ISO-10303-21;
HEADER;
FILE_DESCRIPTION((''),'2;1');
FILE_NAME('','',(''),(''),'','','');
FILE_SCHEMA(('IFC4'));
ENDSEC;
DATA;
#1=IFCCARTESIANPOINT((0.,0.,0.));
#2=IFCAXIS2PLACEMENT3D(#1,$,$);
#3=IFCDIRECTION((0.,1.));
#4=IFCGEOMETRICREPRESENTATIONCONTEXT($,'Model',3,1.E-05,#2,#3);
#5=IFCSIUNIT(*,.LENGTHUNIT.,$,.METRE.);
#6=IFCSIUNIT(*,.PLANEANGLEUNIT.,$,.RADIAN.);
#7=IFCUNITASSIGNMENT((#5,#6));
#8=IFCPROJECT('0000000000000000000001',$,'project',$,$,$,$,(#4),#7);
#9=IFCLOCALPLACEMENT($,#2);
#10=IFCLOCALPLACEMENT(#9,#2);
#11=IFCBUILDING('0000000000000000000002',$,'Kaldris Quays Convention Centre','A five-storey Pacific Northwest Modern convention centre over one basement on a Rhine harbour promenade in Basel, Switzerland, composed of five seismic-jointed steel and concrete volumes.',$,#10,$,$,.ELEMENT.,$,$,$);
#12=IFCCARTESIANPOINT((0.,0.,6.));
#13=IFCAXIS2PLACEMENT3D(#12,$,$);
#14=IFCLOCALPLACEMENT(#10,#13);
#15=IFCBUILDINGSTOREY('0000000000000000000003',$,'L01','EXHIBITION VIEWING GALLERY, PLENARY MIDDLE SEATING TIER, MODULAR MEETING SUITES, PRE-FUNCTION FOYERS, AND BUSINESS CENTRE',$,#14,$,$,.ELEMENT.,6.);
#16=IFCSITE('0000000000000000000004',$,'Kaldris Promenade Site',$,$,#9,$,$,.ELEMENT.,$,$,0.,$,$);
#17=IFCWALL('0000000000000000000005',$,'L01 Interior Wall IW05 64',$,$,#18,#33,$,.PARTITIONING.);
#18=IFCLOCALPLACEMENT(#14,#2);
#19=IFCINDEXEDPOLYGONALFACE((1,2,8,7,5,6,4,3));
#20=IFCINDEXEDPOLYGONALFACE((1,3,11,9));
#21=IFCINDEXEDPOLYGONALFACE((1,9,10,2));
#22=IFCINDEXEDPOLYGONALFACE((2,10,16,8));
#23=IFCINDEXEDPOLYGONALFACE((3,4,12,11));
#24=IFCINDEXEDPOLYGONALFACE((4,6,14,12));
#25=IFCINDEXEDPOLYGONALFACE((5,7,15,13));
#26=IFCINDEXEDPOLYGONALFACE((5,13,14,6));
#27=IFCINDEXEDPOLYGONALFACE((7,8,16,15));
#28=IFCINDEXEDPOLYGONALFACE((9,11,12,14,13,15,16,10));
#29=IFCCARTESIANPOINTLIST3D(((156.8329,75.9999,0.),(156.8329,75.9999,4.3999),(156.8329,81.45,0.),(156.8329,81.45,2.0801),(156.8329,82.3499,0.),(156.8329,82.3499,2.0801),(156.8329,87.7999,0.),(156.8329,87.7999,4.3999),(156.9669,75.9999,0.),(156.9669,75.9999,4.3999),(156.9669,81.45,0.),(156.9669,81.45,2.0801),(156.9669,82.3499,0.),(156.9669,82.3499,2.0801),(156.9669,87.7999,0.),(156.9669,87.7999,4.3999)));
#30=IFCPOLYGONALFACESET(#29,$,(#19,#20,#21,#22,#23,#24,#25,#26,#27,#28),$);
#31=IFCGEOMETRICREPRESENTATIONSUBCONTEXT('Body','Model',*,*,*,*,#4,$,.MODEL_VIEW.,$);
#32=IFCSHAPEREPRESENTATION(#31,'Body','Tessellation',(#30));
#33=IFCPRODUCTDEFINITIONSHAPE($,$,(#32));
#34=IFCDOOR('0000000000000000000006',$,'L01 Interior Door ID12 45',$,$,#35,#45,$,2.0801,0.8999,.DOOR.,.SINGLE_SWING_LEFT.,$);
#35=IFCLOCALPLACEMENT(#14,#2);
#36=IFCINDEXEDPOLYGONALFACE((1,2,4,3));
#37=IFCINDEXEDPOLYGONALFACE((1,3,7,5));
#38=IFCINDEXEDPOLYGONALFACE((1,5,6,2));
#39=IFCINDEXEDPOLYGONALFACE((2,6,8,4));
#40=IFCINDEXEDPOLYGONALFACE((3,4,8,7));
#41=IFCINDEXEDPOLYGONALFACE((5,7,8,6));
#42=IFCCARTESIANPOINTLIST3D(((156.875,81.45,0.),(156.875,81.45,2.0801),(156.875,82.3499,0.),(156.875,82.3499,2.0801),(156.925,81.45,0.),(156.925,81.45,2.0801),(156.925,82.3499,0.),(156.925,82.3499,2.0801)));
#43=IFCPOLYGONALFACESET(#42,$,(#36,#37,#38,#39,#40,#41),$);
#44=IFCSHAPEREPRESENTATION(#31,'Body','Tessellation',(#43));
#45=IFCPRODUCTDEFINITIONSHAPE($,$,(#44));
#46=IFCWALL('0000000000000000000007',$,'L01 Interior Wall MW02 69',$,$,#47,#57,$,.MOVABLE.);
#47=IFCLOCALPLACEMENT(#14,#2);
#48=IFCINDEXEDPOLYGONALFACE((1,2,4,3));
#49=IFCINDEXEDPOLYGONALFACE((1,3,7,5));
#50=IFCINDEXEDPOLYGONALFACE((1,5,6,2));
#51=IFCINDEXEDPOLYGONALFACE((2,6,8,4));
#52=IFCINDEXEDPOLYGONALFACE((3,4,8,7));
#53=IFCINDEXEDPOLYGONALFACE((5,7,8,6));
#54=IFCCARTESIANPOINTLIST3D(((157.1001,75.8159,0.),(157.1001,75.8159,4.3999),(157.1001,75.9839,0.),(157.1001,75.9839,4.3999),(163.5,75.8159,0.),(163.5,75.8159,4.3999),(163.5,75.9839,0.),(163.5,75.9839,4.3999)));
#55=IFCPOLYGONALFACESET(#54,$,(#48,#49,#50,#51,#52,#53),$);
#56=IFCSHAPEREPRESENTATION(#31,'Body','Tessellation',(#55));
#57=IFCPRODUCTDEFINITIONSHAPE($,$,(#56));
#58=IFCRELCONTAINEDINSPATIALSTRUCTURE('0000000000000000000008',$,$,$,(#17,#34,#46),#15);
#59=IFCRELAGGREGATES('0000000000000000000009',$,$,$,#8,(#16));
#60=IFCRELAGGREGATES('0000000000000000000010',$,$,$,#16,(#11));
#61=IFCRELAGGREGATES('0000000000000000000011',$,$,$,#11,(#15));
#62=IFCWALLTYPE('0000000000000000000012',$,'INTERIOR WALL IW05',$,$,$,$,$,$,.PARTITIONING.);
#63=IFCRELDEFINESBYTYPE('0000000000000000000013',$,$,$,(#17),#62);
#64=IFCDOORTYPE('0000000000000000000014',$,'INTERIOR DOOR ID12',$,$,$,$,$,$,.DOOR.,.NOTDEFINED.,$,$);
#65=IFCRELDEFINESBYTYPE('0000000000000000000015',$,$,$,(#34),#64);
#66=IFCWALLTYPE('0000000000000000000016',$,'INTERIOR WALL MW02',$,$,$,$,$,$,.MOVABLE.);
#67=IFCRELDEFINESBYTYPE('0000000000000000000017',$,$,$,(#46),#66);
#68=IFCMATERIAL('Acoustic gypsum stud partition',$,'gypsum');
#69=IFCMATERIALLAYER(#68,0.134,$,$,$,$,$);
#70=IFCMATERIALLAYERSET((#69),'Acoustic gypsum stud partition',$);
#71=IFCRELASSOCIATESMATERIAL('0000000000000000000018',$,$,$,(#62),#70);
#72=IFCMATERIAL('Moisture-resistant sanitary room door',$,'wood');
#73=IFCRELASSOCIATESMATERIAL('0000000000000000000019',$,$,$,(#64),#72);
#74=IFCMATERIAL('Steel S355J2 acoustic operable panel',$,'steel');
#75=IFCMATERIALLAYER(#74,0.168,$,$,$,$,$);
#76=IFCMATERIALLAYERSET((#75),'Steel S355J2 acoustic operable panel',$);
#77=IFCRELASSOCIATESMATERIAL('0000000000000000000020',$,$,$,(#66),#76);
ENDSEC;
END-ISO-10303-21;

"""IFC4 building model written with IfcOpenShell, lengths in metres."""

from ifc_helpers import new_model, si_unit, direction, frame, frame_2d, origin, place, context, subcontext, project, spatial, rectangle, extrude, material, layer, layer_set, type_object, element, fill, save


model = new_model("IFC4")

# Units and contexts
model_context = context("Model", 3, precision=1e-05, world=origin(), true_north=direction((0.0, 1.0)))
body_context = subcontext(model_context, "Body", "Model", "MODEL_VIEW")
ifc_project = project(units=[si_unit("LENGTHUNIT", "METRE"), si_unit("PLANEANGLEUNIT", "RADIAN")], contexts=[model_context])

# Site, building, storey
site_placement = place(None, origin())
site = spatial("IfcSite", under=ifc_project, at=site_placement, Name="Kaldris Promenade Site", CompositionType="ELEMENT", RefElevation=0.0)
building_placement = place(site_placement, origin())
building = spatial("IfcBuilding", under=site, at=building_placement, Name="Kaldris Quays Convention Centre", Description="A five-storey Pacific Northwest Modern convention centre over one basement on a Rhine harbour promenade in Basel, Switzerland, composed of five seismic-jointed steel and concrete volumes.", CompositionType="ELEMENT")
storey_placement = place(building_placement, frame((0.0, 0.0, 6.0)))
storey = spatial("IfcBuildingStorey", under=building, at=storey_placement, Name="L01", Description="EXHIBITION VIEWING GALLERY, PLENARY MIDDLE SEATING TIER, MODULAR MEETING SUITES, PRE-FUNCTION FOYERS, AND BUSINESS CENTRE", CompositionType="ELEMENT", Elevation=6.0)

# Wall, opening, door
ifc_material_1 = material(Name="Acoustic gypsum stud partition", Category="gypsum")
ifc_layer_1 = layer(ifc_material_1, 0.134)
ifc_layer_set_1 = layer_set([ifc_layer_1], Name="Acoustic gypsum stud partition")
wall_type_1 = type_object("IfcWallType", Name="INTERIOR WALL IW05", PredefinedType="PARTITIONING", material=ifc_layer_set_1)
wall_1_placement = place(storey_placement, frame((156.8999, 76.0, 0.0), z_axis=(0.0, 0.0, 1.0), x_axis=(0.0, 1.0, 0.0)))
wall_1 = element("IfcWall", 1, at=wall_1_placement, inside=storey, type_object=wall_type_1, Name="L01 Interior Wall IW05 64", PredefinedType="PARTITIONING", context=body_context, shape_type="SweptSolid", body=[
    extrude(rectangle(XDim=11.8, YDim=0.134, at=frame_2d((5.8999, 0.0))), origin(), (0.0, 0.0, 1.0), 4.3999),
])
opening_1_placement = place(wall_1_placement, frame((5.45, 0.0, 0.0)))
opening_1 = element("IfcOpeningElement", 2, at=opening_1_placement, cuts=wall_1, PredefinedType="OPENING", context=body_context, shape_type="SweptSolid", body=[
    extrude(rectangle(XDim=0.8999, YDim=2.0801, at=frame_2d((0.45, 1.04))), frame((0.0, 0.0771, 0.0), z_axis=(0.0, -1.0, 0.0), x_axis=(1.0, 0.0, 0.0)), (0.0, 0.0, 1.0), 0.1541),
])
ifc_material_2 = material(Name="Moisture-resistant sanitary room door", Category="wood")
door_type = type_object("IfcDoorType", Name="INTERIOR DOOR ID12", OperationType="NOTDEFINED", PredefinedType="DOOR", material=ifc_material_2)
door_placement = place(opening_1_placement, origin())
door = element("IfcDoor", 3, at=door_placement, inside=storey, type_object=door_type, Name="L01 Interior Door ID12 45", OperationType="SINGLE_SWING_LEFT", OverallHeight=2.0801, OverallWidth=0.8999, PredefinedType="DOOR", context=body_context, shape_type="SweptSolid", body=[
    extrude(rectangle(XDim=0.8999, YDim=2.0801, at=frame_2d((0.45, 1.04))), frame((0.0, 0.0249, 0.0), z_axis=(0.0, -1.0, 0.0), x_axis=(1.0, 0.0, 0.0)), (0.0, 0.0, 1.0), 0.05),
])
fill(opening_1, door)

# Wall
ifc_material_3 = material(Name="Steel S355J2 acoustic operable panel", Category="steel")
ifc_layer_2 = layer(ifc_material_3, 0.168)
ifc_layer_set_2 = layer_set([ifc_layer_2], Name="Steel S355J2 acoustic operable panel")
wall_type_2 = type_object("IfcWallType", Name="INTERIOR WALL MW02", PredefinedType="MOVABLE", material=ifc_layer_set_2)
wall_2_placement = place(storey_placement, frame((157.1001, 75.8999, 0.0), z_axis=(0.0, 0.0, 1.0), x_axis=(1.0, 0.0, 0.0)))
element("IfcWall", 4, at=wall_2_placement, inside=storey, type_object=wall_type_2, Name="L01 Interior Wall MW02 69", PredefinedType="MOVABLE", context=body_context, shape_type="SweptSolid", body=[
    extrude(rectangle(XDim=6.3999, YDim=0.168, at=frame_2d((3.2, 0.0))), origin(), (0.0, 0.0, 1.0), 4.3999),
])

save(model, "model.ifc")
